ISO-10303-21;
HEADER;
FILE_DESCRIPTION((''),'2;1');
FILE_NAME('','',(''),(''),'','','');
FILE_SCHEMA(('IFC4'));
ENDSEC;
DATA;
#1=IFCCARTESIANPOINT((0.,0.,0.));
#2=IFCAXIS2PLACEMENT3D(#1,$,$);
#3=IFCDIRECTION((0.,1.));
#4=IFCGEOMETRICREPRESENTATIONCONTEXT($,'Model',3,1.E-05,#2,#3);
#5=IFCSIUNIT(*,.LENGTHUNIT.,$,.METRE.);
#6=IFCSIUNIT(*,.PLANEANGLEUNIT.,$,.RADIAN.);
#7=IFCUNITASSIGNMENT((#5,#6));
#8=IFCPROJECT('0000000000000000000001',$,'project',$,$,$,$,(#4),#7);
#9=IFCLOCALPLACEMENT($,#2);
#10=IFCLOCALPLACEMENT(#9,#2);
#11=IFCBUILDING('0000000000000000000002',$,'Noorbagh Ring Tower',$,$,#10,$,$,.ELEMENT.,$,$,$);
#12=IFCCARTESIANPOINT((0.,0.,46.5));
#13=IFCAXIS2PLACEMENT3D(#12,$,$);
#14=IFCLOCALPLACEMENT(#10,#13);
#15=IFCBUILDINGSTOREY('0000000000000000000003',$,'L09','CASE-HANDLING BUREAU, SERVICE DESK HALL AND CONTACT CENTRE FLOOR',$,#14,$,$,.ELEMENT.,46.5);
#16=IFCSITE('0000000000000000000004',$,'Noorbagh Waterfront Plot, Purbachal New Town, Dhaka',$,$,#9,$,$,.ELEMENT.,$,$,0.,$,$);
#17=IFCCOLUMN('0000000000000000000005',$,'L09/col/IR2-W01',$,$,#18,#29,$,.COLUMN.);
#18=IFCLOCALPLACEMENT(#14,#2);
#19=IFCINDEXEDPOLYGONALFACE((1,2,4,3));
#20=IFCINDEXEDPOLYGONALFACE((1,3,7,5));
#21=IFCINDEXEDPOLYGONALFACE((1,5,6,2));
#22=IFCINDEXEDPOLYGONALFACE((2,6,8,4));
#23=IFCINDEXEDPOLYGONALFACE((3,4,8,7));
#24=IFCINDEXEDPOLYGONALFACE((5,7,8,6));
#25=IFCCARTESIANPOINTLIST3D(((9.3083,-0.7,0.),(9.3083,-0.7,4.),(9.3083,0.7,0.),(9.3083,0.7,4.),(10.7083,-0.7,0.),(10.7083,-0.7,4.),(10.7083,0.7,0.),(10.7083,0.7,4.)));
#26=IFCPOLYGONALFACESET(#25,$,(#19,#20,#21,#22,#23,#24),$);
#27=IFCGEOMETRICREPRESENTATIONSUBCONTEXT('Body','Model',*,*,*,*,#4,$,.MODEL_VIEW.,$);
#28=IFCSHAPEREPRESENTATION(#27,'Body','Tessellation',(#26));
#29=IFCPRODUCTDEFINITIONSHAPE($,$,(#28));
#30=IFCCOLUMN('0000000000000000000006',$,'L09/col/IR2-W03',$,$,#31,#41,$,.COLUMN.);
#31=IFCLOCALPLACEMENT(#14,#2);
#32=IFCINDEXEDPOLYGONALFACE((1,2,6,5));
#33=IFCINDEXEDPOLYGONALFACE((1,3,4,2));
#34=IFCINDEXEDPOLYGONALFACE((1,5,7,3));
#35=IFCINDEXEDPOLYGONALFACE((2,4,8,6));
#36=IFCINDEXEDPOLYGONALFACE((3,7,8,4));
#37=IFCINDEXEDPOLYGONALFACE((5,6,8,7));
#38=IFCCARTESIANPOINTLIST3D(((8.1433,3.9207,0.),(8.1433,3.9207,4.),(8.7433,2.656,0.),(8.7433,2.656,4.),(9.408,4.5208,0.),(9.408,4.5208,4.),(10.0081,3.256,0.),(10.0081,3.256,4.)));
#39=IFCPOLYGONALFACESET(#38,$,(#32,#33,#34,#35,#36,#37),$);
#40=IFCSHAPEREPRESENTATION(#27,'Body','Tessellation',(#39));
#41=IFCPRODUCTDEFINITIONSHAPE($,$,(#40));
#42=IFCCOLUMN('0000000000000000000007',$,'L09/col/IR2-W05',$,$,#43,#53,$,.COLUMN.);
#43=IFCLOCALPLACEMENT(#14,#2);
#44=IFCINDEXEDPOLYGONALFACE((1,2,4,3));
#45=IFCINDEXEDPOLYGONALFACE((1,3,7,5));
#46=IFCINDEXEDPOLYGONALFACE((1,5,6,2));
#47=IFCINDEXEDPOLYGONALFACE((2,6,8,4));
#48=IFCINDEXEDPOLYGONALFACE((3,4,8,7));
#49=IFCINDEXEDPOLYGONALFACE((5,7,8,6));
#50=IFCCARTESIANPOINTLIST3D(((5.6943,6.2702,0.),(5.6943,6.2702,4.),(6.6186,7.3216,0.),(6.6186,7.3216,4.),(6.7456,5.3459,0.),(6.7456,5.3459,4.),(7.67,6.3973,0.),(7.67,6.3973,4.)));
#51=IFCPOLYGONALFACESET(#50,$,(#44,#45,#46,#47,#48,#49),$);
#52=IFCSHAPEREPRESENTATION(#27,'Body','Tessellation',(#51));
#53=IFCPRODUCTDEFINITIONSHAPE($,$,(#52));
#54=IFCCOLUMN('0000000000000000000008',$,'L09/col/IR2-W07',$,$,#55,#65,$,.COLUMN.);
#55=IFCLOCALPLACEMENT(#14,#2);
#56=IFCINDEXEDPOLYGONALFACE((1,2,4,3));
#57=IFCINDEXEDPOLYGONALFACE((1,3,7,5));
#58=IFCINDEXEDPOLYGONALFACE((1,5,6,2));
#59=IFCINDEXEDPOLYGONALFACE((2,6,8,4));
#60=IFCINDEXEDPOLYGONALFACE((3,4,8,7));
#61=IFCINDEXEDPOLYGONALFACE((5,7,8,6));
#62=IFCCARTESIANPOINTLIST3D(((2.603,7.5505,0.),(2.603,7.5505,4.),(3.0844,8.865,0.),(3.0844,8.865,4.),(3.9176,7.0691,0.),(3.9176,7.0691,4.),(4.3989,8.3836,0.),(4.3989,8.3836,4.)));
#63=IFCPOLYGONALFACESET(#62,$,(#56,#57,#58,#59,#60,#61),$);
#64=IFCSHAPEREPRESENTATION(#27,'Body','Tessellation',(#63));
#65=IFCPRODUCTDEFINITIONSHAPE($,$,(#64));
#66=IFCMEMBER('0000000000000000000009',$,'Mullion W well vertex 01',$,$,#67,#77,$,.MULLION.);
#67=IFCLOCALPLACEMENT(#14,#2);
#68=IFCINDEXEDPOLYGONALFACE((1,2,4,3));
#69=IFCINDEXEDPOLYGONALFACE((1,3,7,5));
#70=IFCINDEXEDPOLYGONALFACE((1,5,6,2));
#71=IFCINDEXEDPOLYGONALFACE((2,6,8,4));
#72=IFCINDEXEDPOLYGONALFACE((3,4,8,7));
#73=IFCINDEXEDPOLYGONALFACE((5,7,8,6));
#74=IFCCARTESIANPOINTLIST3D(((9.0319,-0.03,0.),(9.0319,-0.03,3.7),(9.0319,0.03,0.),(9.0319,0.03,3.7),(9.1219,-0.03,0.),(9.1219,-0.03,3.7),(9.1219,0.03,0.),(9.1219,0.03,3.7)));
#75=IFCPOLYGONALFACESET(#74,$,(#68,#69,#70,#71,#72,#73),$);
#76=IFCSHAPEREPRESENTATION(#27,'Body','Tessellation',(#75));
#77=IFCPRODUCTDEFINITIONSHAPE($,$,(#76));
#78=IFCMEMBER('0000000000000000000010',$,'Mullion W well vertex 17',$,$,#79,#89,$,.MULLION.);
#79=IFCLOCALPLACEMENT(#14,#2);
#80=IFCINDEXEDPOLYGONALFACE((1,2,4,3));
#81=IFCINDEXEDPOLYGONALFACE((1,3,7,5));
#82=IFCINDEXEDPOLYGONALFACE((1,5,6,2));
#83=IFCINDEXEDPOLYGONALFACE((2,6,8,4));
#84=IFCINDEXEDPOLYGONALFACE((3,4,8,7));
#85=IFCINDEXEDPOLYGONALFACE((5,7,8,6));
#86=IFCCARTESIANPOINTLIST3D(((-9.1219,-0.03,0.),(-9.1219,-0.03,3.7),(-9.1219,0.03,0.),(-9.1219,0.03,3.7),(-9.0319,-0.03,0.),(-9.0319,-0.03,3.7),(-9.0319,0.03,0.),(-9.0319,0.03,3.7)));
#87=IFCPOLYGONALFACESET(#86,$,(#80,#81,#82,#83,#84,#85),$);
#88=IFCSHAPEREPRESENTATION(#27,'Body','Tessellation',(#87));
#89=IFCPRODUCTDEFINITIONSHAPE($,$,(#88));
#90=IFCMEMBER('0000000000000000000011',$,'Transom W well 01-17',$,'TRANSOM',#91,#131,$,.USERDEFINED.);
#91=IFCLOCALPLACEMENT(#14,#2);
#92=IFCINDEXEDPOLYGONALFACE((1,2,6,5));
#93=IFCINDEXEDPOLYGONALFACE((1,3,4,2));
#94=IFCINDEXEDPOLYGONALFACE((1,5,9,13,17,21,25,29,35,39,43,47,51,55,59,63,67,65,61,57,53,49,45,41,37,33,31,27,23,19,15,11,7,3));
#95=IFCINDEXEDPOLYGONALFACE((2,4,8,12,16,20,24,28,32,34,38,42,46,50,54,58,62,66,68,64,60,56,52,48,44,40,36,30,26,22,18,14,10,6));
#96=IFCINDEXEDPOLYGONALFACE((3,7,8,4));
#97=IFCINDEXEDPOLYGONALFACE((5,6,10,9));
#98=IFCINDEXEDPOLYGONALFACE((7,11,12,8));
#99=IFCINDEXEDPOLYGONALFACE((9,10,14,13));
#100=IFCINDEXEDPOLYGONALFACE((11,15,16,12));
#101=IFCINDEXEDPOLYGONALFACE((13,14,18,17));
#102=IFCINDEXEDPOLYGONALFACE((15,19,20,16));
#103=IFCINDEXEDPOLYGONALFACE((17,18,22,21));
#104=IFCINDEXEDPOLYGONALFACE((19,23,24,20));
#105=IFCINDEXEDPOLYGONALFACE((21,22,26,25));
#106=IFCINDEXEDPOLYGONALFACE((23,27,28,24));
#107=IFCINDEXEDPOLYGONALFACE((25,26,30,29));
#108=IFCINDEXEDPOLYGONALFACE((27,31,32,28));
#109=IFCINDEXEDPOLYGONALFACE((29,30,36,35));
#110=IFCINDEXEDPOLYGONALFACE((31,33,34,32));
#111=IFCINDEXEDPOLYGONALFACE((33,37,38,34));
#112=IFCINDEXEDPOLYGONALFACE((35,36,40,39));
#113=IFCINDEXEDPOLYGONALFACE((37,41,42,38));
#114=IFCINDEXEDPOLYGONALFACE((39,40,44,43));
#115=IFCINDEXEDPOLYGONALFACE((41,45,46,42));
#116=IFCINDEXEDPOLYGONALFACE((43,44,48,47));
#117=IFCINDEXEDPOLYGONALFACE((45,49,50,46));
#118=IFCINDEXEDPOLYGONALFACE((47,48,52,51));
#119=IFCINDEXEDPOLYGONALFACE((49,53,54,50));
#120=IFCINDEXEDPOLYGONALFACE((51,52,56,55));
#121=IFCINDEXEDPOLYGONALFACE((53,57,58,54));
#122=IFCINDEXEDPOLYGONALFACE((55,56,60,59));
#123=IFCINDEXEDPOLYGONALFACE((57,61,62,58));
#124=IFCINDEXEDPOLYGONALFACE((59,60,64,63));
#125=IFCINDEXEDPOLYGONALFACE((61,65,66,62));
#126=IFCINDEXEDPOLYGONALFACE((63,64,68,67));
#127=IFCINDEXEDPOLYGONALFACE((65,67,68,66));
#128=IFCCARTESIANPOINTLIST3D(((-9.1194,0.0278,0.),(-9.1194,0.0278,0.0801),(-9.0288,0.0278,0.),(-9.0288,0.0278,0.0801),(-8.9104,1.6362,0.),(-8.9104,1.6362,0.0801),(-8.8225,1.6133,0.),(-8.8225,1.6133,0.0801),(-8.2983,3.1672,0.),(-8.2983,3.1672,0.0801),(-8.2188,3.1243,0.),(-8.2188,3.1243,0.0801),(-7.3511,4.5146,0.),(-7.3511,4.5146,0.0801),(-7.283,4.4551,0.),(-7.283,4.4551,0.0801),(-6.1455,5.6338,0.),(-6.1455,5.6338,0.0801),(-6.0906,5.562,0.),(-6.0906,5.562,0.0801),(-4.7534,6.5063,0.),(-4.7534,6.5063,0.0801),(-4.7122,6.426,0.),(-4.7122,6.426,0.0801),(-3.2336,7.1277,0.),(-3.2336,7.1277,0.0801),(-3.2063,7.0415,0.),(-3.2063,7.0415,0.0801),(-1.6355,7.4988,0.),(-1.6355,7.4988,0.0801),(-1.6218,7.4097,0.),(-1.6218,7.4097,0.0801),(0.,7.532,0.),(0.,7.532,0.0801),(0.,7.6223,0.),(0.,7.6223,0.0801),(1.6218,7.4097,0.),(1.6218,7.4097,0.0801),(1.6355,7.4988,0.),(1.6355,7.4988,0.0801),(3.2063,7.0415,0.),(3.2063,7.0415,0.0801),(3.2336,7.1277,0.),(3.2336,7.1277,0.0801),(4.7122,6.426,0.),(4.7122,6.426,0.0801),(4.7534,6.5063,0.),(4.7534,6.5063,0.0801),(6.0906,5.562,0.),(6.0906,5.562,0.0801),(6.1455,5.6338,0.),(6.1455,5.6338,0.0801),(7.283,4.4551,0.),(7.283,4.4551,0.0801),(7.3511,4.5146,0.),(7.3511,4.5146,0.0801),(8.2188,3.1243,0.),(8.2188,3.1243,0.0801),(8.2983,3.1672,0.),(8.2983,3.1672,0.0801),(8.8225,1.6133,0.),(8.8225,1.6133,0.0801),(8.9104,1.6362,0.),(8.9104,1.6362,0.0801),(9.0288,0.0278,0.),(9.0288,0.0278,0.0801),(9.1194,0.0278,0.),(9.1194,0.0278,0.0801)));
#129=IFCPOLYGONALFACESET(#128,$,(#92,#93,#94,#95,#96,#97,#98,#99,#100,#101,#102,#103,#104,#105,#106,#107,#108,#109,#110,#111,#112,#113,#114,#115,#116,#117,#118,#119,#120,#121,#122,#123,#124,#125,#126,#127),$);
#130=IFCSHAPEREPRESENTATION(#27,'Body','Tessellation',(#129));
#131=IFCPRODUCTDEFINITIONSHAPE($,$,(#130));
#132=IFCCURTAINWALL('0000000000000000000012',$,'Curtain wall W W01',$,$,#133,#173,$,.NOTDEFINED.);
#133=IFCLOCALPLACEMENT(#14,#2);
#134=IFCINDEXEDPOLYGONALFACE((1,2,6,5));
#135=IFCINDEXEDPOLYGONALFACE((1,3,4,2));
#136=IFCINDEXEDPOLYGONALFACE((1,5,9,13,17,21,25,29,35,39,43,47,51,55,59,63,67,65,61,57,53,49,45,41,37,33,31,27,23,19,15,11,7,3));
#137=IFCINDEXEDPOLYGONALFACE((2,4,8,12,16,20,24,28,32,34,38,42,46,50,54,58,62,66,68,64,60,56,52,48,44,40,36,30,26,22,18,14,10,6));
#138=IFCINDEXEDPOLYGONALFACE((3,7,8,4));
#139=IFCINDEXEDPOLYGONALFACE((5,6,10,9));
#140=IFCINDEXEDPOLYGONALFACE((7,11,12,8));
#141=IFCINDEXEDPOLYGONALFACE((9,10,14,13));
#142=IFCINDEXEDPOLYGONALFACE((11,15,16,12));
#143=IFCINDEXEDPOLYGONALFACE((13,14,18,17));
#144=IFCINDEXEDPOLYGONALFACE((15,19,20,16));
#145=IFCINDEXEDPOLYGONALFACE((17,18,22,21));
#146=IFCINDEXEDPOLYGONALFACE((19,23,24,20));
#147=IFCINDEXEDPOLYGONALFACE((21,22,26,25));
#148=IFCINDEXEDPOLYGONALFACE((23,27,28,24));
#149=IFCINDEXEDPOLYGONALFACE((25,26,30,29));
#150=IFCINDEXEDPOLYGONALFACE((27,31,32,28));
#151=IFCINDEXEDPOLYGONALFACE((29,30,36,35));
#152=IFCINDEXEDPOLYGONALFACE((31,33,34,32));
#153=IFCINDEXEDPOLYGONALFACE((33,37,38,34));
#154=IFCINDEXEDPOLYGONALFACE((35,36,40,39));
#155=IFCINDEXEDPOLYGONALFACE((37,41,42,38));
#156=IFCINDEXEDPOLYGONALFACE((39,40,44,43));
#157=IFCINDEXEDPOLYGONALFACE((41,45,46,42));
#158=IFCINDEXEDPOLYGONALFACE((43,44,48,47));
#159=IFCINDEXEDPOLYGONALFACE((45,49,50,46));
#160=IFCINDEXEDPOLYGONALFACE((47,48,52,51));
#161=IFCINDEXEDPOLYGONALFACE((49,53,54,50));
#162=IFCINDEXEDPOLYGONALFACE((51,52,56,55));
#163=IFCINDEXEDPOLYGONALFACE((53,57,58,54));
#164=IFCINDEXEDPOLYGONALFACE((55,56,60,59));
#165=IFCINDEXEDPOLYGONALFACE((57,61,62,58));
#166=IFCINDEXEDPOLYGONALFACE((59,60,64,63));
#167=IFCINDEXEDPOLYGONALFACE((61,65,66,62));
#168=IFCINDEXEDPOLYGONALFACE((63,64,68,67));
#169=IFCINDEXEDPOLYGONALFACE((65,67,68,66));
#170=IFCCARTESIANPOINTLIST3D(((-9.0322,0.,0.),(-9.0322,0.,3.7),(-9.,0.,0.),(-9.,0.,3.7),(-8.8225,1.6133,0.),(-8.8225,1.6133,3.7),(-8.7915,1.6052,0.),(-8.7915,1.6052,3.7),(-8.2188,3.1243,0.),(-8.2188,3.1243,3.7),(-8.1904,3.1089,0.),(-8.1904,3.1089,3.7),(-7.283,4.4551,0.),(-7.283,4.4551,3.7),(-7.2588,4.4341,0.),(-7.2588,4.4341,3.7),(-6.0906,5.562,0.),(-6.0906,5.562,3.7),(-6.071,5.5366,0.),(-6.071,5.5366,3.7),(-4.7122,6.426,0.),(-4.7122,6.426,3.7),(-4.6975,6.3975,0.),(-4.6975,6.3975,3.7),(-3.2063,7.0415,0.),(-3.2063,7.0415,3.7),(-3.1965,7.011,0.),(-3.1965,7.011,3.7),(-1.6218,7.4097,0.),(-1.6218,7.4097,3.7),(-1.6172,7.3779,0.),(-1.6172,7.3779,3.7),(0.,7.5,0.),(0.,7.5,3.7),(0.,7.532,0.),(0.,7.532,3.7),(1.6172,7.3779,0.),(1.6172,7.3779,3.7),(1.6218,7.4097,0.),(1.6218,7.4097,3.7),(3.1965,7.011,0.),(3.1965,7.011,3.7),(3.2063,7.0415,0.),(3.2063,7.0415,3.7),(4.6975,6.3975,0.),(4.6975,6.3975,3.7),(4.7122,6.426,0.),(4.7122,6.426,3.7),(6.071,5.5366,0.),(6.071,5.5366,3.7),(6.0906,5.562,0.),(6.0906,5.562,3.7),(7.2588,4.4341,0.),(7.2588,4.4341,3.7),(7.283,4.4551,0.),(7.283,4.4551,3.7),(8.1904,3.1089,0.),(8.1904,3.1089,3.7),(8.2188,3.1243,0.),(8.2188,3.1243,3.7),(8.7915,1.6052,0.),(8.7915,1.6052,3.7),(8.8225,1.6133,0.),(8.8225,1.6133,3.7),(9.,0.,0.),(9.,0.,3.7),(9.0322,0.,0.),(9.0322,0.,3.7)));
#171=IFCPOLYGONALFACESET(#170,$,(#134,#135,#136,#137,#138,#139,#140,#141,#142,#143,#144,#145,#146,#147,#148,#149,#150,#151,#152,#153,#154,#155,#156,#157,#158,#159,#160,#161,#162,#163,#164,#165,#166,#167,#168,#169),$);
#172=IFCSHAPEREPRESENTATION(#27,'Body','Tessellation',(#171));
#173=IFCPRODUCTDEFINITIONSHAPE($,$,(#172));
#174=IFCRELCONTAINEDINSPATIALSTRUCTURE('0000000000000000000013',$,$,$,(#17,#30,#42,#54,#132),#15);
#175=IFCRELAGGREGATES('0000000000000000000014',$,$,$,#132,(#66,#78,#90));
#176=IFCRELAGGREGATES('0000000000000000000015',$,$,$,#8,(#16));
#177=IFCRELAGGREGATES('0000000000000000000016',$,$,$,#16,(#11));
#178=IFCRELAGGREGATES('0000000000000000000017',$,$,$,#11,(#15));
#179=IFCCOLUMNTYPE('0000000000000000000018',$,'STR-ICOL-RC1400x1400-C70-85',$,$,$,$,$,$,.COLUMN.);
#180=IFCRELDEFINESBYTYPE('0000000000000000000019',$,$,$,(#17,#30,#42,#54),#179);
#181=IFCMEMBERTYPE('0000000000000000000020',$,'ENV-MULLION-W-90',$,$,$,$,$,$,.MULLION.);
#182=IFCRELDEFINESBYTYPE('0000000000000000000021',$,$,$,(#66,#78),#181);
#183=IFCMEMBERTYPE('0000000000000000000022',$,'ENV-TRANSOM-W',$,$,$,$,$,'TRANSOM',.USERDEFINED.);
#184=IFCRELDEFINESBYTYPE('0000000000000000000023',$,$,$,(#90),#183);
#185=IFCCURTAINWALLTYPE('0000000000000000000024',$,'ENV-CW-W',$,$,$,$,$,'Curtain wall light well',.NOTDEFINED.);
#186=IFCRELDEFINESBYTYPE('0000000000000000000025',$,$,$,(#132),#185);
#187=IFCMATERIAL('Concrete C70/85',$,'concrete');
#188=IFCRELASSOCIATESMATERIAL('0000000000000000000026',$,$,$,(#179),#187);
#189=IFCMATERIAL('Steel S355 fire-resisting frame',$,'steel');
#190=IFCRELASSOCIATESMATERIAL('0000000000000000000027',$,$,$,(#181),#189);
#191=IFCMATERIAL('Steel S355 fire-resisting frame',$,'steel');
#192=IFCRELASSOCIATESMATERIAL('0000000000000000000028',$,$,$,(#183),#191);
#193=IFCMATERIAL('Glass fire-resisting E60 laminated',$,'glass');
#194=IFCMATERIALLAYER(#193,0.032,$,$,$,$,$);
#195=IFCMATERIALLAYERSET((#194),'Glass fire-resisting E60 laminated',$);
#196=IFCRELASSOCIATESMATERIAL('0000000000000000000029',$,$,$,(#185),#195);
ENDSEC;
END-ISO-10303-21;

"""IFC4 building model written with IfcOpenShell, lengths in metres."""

from ifc_helpers import new_model, si_unit, direction, frame, origin, origin_2d, place, context, subcontext, project, spatial, polyline, rectangle, outline, extrude, material, layer, layer_set, material_profile, profile_set, type_object, element, aggregate, save


model = new_model("IFC4")

# Units and contexts
model_context = context("Model", 3, precision=1e-05, world=origin(), true_north=direction((0.0, 1.0)))
body_context = subcontext(model_context, "Body", "Model", "MODEL_VIEW")
ifc_project = project(units=[si_unit("LENGTHUNIT", "METRE"), si_unit("PLANEANGLEUNIT", "RADIAN")], contexts=[model_context])

# Site, building, storey
site_placement = place(None, origin())
site = spatial("IfcSite", under=ifc_project, at=site_placement, Name="Noorbagh Waterfront Plot, Purbachal New Town, Dhaka", CompositionType="ELEMENT", RefElevation=0.0)
building_placement = place(site_placement, origin())
building = spatial("IfcBuilding", under=site, at=building_placement, Name="Noorbagh Ring Tower", CompositionType="ELEMENT")
storey_placement = place(building_placement, frame((0.0, 0.0, 46.5)))
storey = spatial("IfcBuildingStorey", under=building, at=storey_placement, Name="L09", Description="CASE-HANDLING BUREAU, SERVICE DESK HALL AND CONTACT CENTRE FLOOR", CompositionType="ELEMENT", Elevation=46.5)

# Columns
ifc_material_1 = material(Name="Concrete C70/85", Category="concrete")
ifc_material_profile_1 = material_profile(ifc_material_1, rectangle(XDim=1.3999, YDim=1.3999, at=origin_2d()), Name="RC1400x1400")
ifc_profile_set_1 = profile_set([ifc_material_profile_1], Name="Concrete C70/85")
column_type = type_object("IfcColumnType", Name="STR-ICOL-RC1400x1400-C70-85", PredefinedType="COLUMN", material=ifc_profile_set_1)
for number, where, z_axis, x_axis, name in (
    (1, (10.0083, 0.0, 0.0), (0.0, 0.0, 1.0), (0.0, 1.0, 0.0), "L09/col/IR2-W01"),
    (2, (9.0757, 3.5884, 0.0), (0.0, 0.0, 1.0), (-0.428667, 0.903463, 0.0), "L09/col/IR2-W03"),
    (3, (6.6821, 6.3337, 0.0), (0.0, 0.0, 1.0), (-0.751022, 0.660277, 0.0), "L09/col/IR2-W05"),
    (4, (3.501, 7.967, 0.0), (0.0, 0.0, 1.0), (-0.93902, 0.343864, 0.0), "L09/col/IR2-W07"),
):
    element("IfcColumn", number, at=place(storey_placement, frame(where, z_axis=z_axis, x_axis=x_axis)), inside=storey, type_object=column_type, Name=name, PredefinedType="COLUMN", context=body_context, shape_type="SweptSolid", body=[
        extrude(rectangle(XDim=1.3999, YDim=1.3999, at=origin_2d()), origin(), (0.0, 0.0, 1.0), 4.0),
    ])

# Members
ifc_material_2 = material(Name="Steel S355 fire-resisting frame", Category="steel")
ifc_material_profile_2 = material_profile(ifc_material_2, rectangle(XDim=0.0901, YDim=0.0601, at=origin_2d()), Name="90x60")
ifc_profile_set_2 = profile_set([ifc_material_profile_2], Name="Steel S355 fire-resisting frame")
member_type_1 = type_object("IfcMemberType", Name="ENV-MULLION-W-90", PredefinedType="MULLION", material=ifc_profile_set_2)
member_1_placement = place(storey_placement, frame((9.0769, 0.0, 0.0), z_axis=(0.0, 0.0, 1.0), x_axis=(1.0, 0.0, 0.0)))
member_1 = element("IfcMember", 5, at=member_1_placement, type_object=member_type_1, Name="Mullion W well vertex 01", PredefinedType="MULLION", context=body_context, shape_type="SweptSolid", body=[
    extrude(rectangle(XDim=0.0901, YDim=0.0601, at=origin_2d()), origin(), (0.0, 0.0, 1.0), 3.7),
])
member_2_placement = place(storey_placement, frame((-9.0769, 0.0, 0.0), z_axis=(0.0, 0.0, 1.0), x_axis=(-1.0, 0.0, 0.0)))
member_2 = element("IfcMember", 6, at=member_2_placement, type_object=member_type_1, Name="Mullion W well vertex 17", PredefinedType="MULLION", context=body_context, shape_type="SweptSolid", body=[
    extrude(rectangle(XDim=0.0901, YDim=0.0601, at=origin_2d()), origin(), (0.0, 0.0, 1.0), 3.7),
])
ifc_material_3 = material(Name="Steel S355 fire-resisting frame", Category="steel")
member_type_2 = type_object("IfcMemberType", Name="ENV-TRANSOM-W", ElementType="TRANSOM", PredefinedType="USERDEFINED", material=ifc_material_3)
member_3_placement = place(storey_placement, origin())
member_3 = element("IfcMember", 7, at=member_3_placement, type_object=member_type_2, Name="Transom W well 01-17", ObjectType="TRANSOM", PredefinedType="USERDEFINED", context=body_context, shape_type="SweptSolid", body=[
    extrude(outline(polyline([(9.1194, 0.0278), (8.9104, 1.6362), (8.2983, 3.1672), (7.3511, 4.5146), (6.1455, 5.6338), (4.7534, 6.5063), (3.2336, 7.1277), (1.6355, 7.4988), (0.0, 7.6223), (-1.6355, 7.4988), (-3.2336, 7.1277), (-4.7534, 6.5063), (-6.1455, 5.6338), (-7.3511, 4.5146), (-8.2983, 3.1672), (-8.9104, 1.6362), (-9.1194, 0.0278), (-9.0288, 0.0278), (-8.8225, 1.6133), (-8.2188, 3.1243), (-7.283, 4.4551), (-6.0906, 5.562), (-4.7122, 6.426), (-3.2063, 7.0415), (-1.6218, 7.4097), (0.0, 7.532), (1.6218, 7.4097), (3.2063, 7.0415), (4.7122, 6.426), (6.0906, 5.562), (7.283, 4.4551), (8.2188, 3.1243), (8.8225, 1.6133), (9.0288, 0.0278), (9.1194, 0.0278)])), origin(), (0.0, 0.0, 1.0), 0.0801),
])

# Curtain wall
ifc_material_4 = material(Name="Glass fire-resisting E60 laminated", Category="glass")
ifc_layer_1 = layer(ifc_material_4, 0.032)
ifc_layer_set_1 = layer_set([ifc_layer_1], Name="Glass fire-resisting E60 laminated")
curtain_wall_type_1 = type_object("IfcCurtainWallType", Name="ENV-CW-W", ElementType="Curtain wall light well", PredefinedType="NOTDEFINED", material=ifc_layer_set_1)
curtain_wall_1_placement = place(storey_placement, origin())
curtain_wall_1 = element("IfcCurtainWall", 8, at=curtain_wall_1_placement, inside=storey, type_object=curtain_wall_type_1, Name="Curtain wall W W01", PredefinedType="NOTDEFINED", context=body_context, shape_type="SweptSolid", body=[
    extrude(outline(polyline([(9.0322, 0.0), (8.8225, 1.6133), (8.2188, 3.1243), (7.283, 4.4551), (6.0906, 5.562), (4.7122, 6.426), (3.2063, 7.0415), (1.6218, 7.4097), (0.0, 7.532), (-1.6218, 7.4097), (-3.2063, 7.0415), (-4.7122, 6.426), (-6.0906, 5.562), (-7.283, 4.4551), (-8.2188, 3.1243), (-8.8225, 1.6133), (-9.0322, 0.0), (-9.0, 0.0), (-8.7915, 1.6052), (-8.1904, 3.1089), (-7.2588, 4.4341), (-6.071, 5.5366), (-4.6975, 6.3975), (-3.1965, 7.011), (-1.6172, 7.3779), (0.0, 7.5), (1.6172, 7.3779), (3.1965, 7.011), (4.6975, 6.3975), (6.071, 5.5366), (7.2588, 4.4341), (8.1904, 3.1089), (8.7915, 1.6052), (9.0, 0.0), (9.0322, 0.0)])), origin(), (0.0, 0.0, 1.0), 3.7),
])
aggregate(curtain_wall_1, [member_1, member_2, member_3])

save(model, "model.ifc")
